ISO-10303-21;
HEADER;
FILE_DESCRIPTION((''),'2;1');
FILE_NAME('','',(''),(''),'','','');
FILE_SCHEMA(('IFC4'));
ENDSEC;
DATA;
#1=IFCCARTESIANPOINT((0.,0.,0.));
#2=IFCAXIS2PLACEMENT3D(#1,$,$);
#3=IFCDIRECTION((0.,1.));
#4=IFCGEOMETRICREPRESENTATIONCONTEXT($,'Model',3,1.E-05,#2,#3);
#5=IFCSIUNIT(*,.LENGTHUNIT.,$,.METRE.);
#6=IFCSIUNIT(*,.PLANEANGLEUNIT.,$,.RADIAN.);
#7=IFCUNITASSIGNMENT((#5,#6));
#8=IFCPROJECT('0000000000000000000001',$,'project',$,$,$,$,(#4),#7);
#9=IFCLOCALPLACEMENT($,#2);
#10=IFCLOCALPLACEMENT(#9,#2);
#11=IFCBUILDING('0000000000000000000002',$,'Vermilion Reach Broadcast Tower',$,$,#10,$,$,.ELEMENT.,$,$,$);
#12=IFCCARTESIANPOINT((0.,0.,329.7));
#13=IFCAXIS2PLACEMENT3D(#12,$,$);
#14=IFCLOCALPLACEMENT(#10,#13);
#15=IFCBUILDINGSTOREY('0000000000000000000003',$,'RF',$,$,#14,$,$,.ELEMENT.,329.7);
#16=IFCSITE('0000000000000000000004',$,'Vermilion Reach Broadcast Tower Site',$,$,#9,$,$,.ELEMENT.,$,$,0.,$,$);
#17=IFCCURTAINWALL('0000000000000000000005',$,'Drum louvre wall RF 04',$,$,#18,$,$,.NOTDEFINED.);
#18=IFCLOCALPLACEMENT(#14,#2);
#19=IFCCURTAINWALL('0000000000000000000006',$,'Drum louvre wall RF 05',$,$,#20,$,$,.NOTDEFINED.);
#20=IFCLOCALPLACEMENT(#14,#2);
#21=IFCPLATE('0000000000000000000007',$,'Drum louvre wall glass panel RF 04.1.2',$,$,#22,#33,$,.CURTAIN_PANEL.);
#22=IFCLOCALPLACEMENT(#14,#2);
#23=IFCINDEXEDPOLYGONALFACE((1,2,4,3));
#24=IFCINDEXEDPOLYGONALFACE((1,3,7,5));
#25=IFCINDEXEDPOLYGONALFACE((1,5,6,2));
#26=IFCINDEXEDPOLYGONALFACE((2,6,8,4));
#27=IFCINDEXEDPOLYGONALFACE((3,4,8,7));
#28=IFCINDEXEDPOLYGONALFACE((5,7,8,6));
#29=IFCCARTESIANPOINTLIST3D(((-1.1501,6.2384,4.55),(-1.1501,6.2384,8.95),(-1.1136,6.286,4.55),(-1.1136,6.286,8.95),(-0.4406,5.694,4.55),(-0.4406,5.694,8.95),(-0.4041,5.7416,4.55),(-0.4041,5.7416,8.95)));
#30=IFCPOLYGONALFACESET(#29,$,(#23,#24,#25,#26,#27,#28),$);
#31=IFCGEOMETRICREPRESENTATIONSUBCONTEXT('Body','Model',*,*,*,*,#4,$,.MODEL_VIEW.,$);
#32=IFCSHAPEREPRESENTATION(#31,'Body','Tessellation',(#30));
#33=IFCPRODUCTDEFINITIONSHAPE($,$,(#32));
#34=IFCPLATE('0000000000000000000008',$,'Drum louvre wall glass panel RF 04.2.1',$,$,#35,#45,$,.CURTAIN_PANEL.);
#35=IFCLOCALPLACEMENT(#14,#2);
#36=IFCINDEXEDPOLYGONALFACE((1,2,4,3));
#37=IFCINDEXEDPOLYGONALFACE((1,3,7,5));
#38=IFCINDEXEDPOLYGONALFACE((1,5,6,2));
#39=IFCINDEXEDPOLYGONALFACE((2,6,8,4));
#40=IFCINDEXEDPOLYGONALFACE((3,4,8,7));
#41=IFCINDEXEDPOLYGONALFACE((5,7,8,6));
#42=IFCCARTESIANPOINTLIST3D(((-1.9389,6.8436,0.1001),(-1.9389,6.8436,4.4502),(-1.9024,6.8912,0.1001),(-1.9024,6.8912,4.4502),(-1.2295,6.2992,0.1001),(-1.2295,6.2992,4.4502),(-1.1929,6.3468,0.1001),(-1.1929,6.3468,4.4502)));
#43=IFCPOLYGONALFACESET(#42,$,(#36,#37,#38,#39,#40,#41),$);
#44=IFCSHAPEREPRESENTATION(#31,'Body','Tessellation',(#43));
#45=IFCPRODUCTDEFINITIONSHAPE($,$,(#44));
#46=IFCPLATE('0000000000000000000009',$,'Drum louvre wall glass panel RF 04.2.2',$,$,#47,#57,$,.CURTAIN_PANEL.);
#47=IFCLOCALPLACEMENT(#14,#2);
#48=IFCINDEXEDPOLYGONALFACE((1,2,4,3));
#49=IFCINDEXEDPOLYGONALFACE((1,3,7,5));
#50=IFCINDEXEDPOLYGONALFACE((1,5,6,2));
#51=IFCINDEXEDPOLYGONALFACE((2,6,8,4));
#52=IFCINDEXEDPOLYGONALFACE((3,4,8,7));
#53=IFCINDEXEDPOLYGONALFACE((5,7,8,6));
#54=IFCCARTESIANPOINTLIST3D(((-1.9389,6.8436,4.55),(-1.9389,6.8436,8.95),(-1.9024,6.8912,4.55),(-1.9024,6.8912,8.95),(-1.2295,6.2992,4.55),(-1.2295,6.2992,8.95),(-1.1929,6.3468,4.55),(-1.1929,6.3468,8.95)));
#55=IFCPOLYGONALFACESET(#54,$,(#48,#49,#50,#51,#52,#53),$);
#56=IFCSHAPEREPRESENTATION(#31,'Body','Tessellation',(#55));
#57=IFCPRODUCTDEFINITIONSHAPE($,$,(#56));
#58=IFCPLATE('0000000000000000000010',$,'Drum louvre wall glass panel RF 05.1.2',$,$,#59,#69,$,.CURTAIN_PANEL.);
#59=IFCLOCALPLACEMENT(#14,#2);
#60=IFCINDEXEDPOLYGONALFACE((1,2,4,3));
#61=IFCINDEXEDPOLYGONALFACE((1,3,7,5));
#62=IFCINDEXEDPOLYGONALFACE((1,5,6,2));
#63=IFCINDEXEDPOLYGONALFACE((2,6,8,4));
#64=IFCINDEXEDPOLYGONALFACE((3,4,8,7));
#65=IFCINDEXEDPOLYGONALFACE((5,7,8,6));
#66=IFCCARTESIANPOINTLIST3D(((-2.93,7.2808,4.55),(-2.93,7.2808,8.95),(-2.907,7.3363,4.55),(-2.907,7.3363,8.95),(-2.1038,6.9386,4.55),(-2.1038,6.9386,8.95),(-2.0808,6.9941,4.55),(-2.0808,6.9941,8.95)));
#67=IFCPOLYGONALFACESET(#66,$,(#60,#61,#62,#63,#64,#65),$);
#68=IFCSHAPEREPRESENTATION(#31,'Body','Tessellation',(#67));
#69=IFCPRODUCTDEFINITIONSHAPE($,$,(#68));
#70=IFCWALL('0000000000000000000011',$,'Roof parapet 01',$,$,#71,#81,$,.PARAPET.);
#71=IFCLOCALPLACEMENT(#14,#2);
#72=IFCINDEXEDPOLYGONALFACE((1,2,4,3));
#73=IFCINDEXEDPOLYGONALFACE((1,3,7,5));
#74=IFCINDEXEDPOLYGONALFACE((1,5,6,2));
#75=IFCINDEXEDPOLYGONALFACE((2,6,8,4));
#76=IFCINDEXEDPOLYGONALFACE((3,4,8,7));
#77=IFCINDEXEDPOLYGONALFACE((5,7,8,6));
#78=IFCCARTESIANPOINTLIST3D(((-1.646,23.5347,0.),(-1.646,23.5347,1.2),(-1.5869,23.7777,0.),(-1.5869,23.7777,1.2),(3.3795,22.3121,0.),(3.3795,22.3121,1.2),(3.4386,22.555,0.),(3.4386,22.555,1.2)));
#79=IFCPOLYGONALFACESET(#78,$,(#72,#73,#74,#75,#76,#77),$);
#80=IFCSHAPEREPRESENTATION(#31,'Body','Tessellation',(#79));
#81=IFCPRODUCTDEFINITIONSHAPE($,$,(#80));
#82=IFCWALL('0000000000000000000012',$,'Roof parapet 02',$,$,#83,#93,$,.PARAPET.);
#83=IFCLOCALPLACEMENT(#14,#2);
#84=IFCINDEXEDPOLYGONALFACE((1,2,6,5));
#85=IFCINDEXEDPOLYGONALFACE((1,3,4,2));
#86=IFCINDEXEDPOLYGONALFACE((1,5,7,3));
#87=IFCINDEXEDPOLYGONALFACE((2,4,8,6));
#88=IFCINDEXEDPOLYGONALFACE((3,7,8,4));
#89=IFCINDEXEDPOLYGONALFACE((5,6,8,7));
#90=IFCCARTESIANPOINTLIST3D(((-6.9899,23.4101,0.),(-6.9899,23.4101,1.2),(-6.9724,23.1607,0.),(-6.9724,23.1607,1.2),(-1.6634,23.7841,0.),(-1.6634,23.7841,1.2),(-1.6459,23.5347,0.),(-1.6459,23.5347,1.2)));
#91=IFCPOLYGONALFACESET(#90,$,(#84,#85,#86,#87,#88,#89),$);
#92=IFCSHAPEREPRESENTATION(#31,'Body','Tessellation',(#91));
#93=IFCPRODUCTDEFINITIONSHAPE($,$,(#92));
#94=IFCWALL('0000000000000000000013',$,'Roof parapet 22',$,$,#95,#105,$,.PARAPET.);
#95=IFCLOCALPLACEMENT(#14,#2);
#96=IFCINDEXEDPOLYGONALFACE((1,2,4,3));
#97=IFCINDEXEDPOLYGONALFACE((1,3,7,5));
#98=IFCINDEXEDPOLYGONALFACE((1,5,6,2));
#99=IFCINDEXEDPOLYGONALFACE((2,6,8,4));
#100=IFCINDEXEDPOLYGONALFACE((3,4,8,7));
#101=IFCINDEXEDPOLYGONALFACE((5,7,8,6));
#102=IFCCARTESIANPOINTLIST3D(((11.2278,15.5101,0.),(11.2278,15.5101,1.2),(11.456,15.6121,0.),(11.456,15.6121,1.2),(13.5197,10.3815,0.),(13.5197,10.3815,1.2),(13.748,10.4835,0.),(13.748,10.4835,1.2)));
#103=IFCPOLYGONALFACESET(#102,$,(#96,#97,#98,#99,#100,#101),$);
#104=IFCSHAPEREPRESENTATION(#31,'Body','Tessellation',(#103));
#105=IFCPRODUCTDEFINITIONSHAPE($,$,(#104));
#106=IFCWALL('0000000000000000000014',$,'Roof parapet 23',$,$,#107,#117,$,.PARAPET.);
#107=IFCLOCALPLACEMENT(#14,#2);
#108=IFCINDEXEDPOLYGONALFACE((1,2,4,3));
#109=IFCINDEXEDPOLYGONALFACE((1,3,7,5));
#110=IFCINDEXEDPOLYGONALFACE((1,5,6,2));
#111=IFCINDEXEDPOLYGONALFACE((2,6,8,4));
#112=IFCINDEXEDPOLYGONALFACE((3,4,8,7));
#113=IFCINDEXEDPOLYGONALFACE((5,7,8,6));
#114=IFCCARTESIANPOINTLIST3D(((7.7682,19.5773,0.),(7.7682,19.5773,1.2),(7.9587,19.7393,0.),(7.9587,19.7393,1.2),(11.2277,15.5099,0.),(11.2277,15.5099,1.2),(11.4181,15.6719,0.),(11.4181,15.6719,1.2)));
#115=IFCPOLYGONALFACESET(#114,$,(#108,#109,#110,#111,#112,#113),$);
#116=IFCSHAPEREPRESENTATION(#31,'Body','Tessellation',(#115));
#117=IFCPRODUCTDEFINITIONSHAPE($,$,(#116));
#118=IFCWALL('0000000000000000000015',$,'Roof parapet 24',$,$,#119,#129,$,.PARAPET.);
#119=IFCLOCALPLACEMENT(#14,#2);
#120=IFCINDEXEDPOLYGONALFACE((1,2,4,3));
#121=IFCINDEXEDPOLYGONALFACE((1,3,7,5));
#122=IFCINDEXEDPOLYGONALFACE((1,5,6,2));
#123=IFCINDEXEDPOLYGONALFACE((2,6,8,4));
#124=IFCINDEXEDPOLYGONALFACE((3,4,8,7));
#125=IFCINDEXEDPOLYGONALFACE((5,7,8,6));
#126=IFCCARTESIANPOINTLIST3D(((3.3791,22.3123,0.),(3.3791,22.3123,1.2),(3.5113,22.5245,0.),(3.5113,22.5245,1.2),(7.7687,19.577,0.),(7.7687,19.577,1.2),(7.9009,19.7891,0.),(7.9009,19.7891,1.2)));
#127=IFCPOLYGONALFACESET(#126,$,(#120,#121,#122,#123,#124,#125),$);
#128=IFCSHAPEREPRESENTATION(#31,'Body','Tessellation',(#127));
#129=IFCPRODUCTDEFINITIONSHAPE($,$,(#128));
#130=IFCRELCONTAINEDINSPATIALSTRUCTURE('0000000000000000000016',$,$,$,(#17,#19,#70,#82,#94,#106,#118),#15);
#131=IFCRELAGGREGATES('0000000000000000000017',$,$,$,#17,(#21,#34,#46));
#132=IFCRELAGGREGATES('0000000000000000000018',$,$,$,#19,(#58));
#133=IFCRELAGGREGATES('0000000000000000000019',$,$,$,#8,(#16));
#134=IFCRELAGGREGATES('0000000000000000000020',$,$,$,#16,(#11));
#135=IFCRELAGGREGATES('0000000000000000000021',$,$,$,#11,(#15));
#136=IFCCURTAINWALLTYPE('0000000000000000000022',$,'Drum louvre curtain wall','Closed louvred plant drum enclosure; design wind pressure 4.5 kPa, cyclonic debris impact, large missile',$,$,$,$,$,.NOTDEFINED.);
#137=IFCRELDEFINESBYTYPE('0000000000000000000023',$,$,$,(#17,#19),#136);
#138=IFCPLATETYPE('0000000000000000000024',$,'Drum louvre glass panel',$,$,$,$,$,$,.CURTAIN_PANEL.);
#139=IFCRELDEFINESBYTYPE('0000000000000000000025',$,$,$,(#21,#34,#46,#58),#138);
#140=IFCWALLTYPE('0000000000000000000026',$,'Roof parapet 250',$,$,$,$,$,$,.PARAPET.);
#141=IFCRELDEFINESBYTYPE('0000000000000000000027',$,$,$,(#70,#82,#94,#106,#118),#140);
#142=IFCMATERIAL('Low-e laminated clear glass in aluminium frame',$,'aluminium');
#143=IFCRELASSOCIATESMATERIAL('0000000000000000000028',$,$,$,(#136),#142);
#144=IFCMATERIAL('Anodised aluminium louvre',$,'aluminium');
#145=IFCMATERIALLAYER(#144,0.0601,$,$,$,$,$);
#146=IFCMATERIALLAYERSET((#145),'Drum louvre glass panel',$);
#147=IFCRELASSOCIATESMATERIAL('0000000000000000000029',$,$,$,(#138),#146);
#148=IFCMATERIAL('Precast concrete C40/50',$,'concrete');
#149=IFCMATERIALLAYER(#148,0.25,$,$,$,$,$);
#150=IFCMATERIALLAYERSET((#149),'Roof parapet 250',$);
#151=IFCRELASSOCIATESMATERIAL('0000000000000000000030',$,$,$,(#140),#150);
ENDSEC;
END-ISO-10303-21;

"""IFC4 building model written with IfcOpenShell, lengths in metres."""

from ifc_helpers import new_model, si_unit, direction, frame, frame_2d, origin, origin_2d, place, context, subcontext, project, spatial, rectangle, extrude, material, layer, layer_set, type_object, element, aggregate, save


model = new_model("IFC4")

# Units and contexts
model_context = context("Model", 3, precision=1e-05, world=origin(), true_north=direction((0.0, 1.0)))
body_context = subcontext(model_context, "Body", "Model", "MODEL_VIEW")
ifc_project = project(units=[si_unit("LENGTHUNIT", "METRE"), si_unit("PLANEANGLEUNIT", "RADIAN")], contexts=[model_context])

# Site, building, storey
site_placement = place(None, origin())
site = spatial("IfcSite", under=ifc_project, at=site_placement, Name="Vermilion Reach Broadcast Tower Site", CompositionType="ELEMENT", RefElevation=0.0)
building_placement = place(site_placement, origin())
building = spatial("IfcBuilding", under=site, at=building_placement, Name="Vermilion Reach Broadcast Tower", CompositionType="ELEMENT")
storey_placement = place(building_placement, frame((0.0, 0.0, 329.7)))
storey = spatial("IfcBuildingStorey", under=building, at=storey_placement, Name="RF", CompositionType="ELEMENT", Elevation=329.7)

# Curtain wall
ifc_material_1 = material(Name="Low-e laminated clear glass in aluminium frame", Category="aluminium")
curtain_wall_type = type_object("IfcCurtainWallType", Name="Drum louvre curtain wall", Description="Closed louvred plant drum enclosure; design wind pressure 4.5 kPa, cyclonic debris impact, large missile", PredefinedType="NOTDEFINED", material=ifc_material_1)
placement = place(storey_placement, origin())
curtain_wall_1 = element("IfcCurtainWall", 1, at=placement, inside=storey, type_object=curtain_wall_type, Name="Drum louvre wall RF 04", PredefinedType="NOTDEFINED")

# Curtain wall
curtain_wall_2 = element("IfcCurtainWall", 2, at=placement, inside=storey, type_object=curtain_wall_type, Name="Drum louvre wall RF 05", PredefinedType="NOTDEFINED")

# Plates
ifc_material_2 = material(Name="Anodised aluminium louvre", Category="aluminium")
ifc_layer_1 = layer(ifc_material_2, 0.0601)
ifc_layer_set_1 = layer_set([ifc_layer_1], Name="Drum louvre glass panel")
plate_type = type_object("IfcPlateType", Name="Drum louvre glass panel", PredefinedType="CURTAIN_PANEL", material=ifc_layer_set_1)
plate_1_placement = place(storey_placement, frame((-0.7771, 5.99, 4.55), z_axis=(0.0, 0.0, 1.0), x_axis=(-0.793353, 0.608761, 0.0)))
plate_1 = element("IfcPlate", 3, at=plate_1_placement, type_object=plate_type, Name="Drum louvre wall glass panel RF 04.1.2", PredefinedType="CURTAIN_PANEL", context=body_context, shape_type="SweptSolid", body=[
    extrude(rectangle(XDim=0.8943, YDim=0.0601, at=origin_2d()), origin(), (0.0, 0.0, 1.0), 4.3999),
])
plate_2_placement = place(storey_placement, frame((-1.5659, 6.5952, 0.1001), z_axis=(0.0, 0.0, 1.0), x_axis=(-0.793353, 0.608761, 0.0)))
plate_2 = element("IfcPlate", 4, at=plate_2_placement, type_object=plate_type, Name="Drum louvre wall glass panel RF 04.2.1", PredefinedType="CURTAIN_PANEL", context=body_context, shape_type="SweptSolid", body=[
    extrude(rectangle(XDim=0.8943, YDim=0.0601, at=origin_2d()), origin(), (0.0, 0.0, 1.0), 4.3501),
])
plate_3_placement = place(storey_placement, frame((-1.5659, 6.5952, 4.55), z_axis=(0.0, 0.0, 1.0), x_axis=(-0.793353, 0.608761, 0.0)))
plate_3 = element("IfcPlate", 5, at=plate_3_placement, type_object=plate_type, Name="Drum louvre wall glass panel RF 04.2.2", PredefinedType="CURTAIN_PANEL", context=body_context, shape_type="SweptSolid", body=[
    extrude(rectangle(XDim=0.8943, YDim=0.0601, at=origin_2d()), origin(), (0.0, 0.0, 1.0), 4.3999),
])
aggregate(curtain_wall_1, [plate_1, plate_2, plate_3])
plate_4_placement = place(storey_placement, frame((-2.5054, 7.1375, 4.55), z_axis=(0.0, 0.0, 1.0), x_axis=(-0.92388, 0.382683, 0.0)))
plate_4 = element("IfcPlate", 6, at=plate_4_placement, type_object=plate_type, Name="Drum louvre wall glass panel RF 05.1.2", PredefinedType="CURTAIN_PANEL", context=body_context, shape_type="SweptSolid", body=[
    extrude(rectangle(XDim=0.8943, YDim=0.0601, at=origin_2d()), origin(), (0.0, 0.0, 1.0), 4.3999),
])
aggregate(curtain_wall_2, [plate_4])

# Walls
ifc_material_3 = material(Name="Precast concrete C40/50", Category="concrete")
ifc_layer_2 = layer(ifc_material_3, 0.25)
ifc_layer_set_2 = layer_set([ifc_layer_2], Name="Roof parapet 250")
wall_type = type_object("IfcWallType", Name="Roof parapet 250", PredefinedType="PARAPET", material=ifc_layer_set_2)
wall_1_placement = place(storey_placement, frame((3.4089, 22.4336, 0.0), z_axis=(0.0, 0.0, 1.0), x_axis=(-0.971659, 0.236389, 0.0)))
element("IfcWall", 7, at=wall_1_placement, inside=storey, type_object=wall_type, Name="Roof parapet 01", PredefinedType="PARAPET", context=body_context, shape_type="SweptSolid", body=[
    extrude(rectangle(XDim=5.1721, YDim=0.25, at=frame_2d((2.5859, 0.0))), origin(), (0.0, 0.0, 1.0), 1.2),
])
wall_2_placement = place(storey_placement, frame((-1.6545, 23.6594, 0.0), z_axis=(0.0, 0.0, 1.0), x_axis=(-0.997544, -0.070048, 0.0)))
element("IfcWall", 8, at=wall_2_placement, inside=storey, type_object=wall_type, Name="Roof parapet 02", PredefinedType="PARAPET", context=body_context, shape_type="SweptSolid", body=[
    extrude(rectangle(XDim=5.3396, YDim=0.25, at=frame_2d((2.6699, 0.0))), origin(), (0.0, 0.0, 1.0), 1.2),
])
wall_3_placement = place(storey_placement, frame((13.6338, 10.4326, 0.0), z_axis=(0.0, 0.0, 1.0), x_axis=(-0.408009, 0.912978, 0.0)))
element("IfcWall", 9, at=wall_3_placement, inside=storey, type_object=wall_type, Name="Roof parapet 22", PredefinedType="PARAPET", context=body_context, shape_type="SweptSolid", body=[
    extrude(rectangle(XDim=5.6174, YDim=0.25, at=frame_2d((2.8086, 0.0))), origin(), (0.0, 0.0, 1.0), 1.2),
])
wall_4_placement = place(storey_placement, frame((11.323, 15.5908, 0.0), z_axis=(0.0, 0.0, 1.0), x_axis=(-0.647887, 0.761736, 0.0)))
element("IfcWall", 10, at=wall_4_placement, inside=storey, type_object=wall_type, Name="Roof parapet 23", PredefinedType="PARAPET", context=body_context, shape_type="SweptSolid", body=[
    extrude(rectangle(XDim=5.3396, YDim=0.25, at=frame_2d((2.6699, 0.0))), origin(), (0.0, 0.0, 1.0), 1.2),
])
wall_5_placement = place(storey_placement, frame((7.8347, 19.6831, 0.0), z_axis=(0.0, 0.0, 1.0), x_axis=(-0.848708, 0.528861, 0.0)))
element("IfcWall", 11, at=wall_5_placement, inside=storey, type_object=wall_type, Name="Roof parapet 24", PredefinedType="PARAPET", context=body_context, shape_type="SweptSolid", body=[
    extrude(rectangle(XDim=5.1721, YDim=0.25, at=frame_2d((2.5859, 0.0))), origin(), (0.0, 0.0, 1.0), 1.2),
])

save(model, "model.ifc")
